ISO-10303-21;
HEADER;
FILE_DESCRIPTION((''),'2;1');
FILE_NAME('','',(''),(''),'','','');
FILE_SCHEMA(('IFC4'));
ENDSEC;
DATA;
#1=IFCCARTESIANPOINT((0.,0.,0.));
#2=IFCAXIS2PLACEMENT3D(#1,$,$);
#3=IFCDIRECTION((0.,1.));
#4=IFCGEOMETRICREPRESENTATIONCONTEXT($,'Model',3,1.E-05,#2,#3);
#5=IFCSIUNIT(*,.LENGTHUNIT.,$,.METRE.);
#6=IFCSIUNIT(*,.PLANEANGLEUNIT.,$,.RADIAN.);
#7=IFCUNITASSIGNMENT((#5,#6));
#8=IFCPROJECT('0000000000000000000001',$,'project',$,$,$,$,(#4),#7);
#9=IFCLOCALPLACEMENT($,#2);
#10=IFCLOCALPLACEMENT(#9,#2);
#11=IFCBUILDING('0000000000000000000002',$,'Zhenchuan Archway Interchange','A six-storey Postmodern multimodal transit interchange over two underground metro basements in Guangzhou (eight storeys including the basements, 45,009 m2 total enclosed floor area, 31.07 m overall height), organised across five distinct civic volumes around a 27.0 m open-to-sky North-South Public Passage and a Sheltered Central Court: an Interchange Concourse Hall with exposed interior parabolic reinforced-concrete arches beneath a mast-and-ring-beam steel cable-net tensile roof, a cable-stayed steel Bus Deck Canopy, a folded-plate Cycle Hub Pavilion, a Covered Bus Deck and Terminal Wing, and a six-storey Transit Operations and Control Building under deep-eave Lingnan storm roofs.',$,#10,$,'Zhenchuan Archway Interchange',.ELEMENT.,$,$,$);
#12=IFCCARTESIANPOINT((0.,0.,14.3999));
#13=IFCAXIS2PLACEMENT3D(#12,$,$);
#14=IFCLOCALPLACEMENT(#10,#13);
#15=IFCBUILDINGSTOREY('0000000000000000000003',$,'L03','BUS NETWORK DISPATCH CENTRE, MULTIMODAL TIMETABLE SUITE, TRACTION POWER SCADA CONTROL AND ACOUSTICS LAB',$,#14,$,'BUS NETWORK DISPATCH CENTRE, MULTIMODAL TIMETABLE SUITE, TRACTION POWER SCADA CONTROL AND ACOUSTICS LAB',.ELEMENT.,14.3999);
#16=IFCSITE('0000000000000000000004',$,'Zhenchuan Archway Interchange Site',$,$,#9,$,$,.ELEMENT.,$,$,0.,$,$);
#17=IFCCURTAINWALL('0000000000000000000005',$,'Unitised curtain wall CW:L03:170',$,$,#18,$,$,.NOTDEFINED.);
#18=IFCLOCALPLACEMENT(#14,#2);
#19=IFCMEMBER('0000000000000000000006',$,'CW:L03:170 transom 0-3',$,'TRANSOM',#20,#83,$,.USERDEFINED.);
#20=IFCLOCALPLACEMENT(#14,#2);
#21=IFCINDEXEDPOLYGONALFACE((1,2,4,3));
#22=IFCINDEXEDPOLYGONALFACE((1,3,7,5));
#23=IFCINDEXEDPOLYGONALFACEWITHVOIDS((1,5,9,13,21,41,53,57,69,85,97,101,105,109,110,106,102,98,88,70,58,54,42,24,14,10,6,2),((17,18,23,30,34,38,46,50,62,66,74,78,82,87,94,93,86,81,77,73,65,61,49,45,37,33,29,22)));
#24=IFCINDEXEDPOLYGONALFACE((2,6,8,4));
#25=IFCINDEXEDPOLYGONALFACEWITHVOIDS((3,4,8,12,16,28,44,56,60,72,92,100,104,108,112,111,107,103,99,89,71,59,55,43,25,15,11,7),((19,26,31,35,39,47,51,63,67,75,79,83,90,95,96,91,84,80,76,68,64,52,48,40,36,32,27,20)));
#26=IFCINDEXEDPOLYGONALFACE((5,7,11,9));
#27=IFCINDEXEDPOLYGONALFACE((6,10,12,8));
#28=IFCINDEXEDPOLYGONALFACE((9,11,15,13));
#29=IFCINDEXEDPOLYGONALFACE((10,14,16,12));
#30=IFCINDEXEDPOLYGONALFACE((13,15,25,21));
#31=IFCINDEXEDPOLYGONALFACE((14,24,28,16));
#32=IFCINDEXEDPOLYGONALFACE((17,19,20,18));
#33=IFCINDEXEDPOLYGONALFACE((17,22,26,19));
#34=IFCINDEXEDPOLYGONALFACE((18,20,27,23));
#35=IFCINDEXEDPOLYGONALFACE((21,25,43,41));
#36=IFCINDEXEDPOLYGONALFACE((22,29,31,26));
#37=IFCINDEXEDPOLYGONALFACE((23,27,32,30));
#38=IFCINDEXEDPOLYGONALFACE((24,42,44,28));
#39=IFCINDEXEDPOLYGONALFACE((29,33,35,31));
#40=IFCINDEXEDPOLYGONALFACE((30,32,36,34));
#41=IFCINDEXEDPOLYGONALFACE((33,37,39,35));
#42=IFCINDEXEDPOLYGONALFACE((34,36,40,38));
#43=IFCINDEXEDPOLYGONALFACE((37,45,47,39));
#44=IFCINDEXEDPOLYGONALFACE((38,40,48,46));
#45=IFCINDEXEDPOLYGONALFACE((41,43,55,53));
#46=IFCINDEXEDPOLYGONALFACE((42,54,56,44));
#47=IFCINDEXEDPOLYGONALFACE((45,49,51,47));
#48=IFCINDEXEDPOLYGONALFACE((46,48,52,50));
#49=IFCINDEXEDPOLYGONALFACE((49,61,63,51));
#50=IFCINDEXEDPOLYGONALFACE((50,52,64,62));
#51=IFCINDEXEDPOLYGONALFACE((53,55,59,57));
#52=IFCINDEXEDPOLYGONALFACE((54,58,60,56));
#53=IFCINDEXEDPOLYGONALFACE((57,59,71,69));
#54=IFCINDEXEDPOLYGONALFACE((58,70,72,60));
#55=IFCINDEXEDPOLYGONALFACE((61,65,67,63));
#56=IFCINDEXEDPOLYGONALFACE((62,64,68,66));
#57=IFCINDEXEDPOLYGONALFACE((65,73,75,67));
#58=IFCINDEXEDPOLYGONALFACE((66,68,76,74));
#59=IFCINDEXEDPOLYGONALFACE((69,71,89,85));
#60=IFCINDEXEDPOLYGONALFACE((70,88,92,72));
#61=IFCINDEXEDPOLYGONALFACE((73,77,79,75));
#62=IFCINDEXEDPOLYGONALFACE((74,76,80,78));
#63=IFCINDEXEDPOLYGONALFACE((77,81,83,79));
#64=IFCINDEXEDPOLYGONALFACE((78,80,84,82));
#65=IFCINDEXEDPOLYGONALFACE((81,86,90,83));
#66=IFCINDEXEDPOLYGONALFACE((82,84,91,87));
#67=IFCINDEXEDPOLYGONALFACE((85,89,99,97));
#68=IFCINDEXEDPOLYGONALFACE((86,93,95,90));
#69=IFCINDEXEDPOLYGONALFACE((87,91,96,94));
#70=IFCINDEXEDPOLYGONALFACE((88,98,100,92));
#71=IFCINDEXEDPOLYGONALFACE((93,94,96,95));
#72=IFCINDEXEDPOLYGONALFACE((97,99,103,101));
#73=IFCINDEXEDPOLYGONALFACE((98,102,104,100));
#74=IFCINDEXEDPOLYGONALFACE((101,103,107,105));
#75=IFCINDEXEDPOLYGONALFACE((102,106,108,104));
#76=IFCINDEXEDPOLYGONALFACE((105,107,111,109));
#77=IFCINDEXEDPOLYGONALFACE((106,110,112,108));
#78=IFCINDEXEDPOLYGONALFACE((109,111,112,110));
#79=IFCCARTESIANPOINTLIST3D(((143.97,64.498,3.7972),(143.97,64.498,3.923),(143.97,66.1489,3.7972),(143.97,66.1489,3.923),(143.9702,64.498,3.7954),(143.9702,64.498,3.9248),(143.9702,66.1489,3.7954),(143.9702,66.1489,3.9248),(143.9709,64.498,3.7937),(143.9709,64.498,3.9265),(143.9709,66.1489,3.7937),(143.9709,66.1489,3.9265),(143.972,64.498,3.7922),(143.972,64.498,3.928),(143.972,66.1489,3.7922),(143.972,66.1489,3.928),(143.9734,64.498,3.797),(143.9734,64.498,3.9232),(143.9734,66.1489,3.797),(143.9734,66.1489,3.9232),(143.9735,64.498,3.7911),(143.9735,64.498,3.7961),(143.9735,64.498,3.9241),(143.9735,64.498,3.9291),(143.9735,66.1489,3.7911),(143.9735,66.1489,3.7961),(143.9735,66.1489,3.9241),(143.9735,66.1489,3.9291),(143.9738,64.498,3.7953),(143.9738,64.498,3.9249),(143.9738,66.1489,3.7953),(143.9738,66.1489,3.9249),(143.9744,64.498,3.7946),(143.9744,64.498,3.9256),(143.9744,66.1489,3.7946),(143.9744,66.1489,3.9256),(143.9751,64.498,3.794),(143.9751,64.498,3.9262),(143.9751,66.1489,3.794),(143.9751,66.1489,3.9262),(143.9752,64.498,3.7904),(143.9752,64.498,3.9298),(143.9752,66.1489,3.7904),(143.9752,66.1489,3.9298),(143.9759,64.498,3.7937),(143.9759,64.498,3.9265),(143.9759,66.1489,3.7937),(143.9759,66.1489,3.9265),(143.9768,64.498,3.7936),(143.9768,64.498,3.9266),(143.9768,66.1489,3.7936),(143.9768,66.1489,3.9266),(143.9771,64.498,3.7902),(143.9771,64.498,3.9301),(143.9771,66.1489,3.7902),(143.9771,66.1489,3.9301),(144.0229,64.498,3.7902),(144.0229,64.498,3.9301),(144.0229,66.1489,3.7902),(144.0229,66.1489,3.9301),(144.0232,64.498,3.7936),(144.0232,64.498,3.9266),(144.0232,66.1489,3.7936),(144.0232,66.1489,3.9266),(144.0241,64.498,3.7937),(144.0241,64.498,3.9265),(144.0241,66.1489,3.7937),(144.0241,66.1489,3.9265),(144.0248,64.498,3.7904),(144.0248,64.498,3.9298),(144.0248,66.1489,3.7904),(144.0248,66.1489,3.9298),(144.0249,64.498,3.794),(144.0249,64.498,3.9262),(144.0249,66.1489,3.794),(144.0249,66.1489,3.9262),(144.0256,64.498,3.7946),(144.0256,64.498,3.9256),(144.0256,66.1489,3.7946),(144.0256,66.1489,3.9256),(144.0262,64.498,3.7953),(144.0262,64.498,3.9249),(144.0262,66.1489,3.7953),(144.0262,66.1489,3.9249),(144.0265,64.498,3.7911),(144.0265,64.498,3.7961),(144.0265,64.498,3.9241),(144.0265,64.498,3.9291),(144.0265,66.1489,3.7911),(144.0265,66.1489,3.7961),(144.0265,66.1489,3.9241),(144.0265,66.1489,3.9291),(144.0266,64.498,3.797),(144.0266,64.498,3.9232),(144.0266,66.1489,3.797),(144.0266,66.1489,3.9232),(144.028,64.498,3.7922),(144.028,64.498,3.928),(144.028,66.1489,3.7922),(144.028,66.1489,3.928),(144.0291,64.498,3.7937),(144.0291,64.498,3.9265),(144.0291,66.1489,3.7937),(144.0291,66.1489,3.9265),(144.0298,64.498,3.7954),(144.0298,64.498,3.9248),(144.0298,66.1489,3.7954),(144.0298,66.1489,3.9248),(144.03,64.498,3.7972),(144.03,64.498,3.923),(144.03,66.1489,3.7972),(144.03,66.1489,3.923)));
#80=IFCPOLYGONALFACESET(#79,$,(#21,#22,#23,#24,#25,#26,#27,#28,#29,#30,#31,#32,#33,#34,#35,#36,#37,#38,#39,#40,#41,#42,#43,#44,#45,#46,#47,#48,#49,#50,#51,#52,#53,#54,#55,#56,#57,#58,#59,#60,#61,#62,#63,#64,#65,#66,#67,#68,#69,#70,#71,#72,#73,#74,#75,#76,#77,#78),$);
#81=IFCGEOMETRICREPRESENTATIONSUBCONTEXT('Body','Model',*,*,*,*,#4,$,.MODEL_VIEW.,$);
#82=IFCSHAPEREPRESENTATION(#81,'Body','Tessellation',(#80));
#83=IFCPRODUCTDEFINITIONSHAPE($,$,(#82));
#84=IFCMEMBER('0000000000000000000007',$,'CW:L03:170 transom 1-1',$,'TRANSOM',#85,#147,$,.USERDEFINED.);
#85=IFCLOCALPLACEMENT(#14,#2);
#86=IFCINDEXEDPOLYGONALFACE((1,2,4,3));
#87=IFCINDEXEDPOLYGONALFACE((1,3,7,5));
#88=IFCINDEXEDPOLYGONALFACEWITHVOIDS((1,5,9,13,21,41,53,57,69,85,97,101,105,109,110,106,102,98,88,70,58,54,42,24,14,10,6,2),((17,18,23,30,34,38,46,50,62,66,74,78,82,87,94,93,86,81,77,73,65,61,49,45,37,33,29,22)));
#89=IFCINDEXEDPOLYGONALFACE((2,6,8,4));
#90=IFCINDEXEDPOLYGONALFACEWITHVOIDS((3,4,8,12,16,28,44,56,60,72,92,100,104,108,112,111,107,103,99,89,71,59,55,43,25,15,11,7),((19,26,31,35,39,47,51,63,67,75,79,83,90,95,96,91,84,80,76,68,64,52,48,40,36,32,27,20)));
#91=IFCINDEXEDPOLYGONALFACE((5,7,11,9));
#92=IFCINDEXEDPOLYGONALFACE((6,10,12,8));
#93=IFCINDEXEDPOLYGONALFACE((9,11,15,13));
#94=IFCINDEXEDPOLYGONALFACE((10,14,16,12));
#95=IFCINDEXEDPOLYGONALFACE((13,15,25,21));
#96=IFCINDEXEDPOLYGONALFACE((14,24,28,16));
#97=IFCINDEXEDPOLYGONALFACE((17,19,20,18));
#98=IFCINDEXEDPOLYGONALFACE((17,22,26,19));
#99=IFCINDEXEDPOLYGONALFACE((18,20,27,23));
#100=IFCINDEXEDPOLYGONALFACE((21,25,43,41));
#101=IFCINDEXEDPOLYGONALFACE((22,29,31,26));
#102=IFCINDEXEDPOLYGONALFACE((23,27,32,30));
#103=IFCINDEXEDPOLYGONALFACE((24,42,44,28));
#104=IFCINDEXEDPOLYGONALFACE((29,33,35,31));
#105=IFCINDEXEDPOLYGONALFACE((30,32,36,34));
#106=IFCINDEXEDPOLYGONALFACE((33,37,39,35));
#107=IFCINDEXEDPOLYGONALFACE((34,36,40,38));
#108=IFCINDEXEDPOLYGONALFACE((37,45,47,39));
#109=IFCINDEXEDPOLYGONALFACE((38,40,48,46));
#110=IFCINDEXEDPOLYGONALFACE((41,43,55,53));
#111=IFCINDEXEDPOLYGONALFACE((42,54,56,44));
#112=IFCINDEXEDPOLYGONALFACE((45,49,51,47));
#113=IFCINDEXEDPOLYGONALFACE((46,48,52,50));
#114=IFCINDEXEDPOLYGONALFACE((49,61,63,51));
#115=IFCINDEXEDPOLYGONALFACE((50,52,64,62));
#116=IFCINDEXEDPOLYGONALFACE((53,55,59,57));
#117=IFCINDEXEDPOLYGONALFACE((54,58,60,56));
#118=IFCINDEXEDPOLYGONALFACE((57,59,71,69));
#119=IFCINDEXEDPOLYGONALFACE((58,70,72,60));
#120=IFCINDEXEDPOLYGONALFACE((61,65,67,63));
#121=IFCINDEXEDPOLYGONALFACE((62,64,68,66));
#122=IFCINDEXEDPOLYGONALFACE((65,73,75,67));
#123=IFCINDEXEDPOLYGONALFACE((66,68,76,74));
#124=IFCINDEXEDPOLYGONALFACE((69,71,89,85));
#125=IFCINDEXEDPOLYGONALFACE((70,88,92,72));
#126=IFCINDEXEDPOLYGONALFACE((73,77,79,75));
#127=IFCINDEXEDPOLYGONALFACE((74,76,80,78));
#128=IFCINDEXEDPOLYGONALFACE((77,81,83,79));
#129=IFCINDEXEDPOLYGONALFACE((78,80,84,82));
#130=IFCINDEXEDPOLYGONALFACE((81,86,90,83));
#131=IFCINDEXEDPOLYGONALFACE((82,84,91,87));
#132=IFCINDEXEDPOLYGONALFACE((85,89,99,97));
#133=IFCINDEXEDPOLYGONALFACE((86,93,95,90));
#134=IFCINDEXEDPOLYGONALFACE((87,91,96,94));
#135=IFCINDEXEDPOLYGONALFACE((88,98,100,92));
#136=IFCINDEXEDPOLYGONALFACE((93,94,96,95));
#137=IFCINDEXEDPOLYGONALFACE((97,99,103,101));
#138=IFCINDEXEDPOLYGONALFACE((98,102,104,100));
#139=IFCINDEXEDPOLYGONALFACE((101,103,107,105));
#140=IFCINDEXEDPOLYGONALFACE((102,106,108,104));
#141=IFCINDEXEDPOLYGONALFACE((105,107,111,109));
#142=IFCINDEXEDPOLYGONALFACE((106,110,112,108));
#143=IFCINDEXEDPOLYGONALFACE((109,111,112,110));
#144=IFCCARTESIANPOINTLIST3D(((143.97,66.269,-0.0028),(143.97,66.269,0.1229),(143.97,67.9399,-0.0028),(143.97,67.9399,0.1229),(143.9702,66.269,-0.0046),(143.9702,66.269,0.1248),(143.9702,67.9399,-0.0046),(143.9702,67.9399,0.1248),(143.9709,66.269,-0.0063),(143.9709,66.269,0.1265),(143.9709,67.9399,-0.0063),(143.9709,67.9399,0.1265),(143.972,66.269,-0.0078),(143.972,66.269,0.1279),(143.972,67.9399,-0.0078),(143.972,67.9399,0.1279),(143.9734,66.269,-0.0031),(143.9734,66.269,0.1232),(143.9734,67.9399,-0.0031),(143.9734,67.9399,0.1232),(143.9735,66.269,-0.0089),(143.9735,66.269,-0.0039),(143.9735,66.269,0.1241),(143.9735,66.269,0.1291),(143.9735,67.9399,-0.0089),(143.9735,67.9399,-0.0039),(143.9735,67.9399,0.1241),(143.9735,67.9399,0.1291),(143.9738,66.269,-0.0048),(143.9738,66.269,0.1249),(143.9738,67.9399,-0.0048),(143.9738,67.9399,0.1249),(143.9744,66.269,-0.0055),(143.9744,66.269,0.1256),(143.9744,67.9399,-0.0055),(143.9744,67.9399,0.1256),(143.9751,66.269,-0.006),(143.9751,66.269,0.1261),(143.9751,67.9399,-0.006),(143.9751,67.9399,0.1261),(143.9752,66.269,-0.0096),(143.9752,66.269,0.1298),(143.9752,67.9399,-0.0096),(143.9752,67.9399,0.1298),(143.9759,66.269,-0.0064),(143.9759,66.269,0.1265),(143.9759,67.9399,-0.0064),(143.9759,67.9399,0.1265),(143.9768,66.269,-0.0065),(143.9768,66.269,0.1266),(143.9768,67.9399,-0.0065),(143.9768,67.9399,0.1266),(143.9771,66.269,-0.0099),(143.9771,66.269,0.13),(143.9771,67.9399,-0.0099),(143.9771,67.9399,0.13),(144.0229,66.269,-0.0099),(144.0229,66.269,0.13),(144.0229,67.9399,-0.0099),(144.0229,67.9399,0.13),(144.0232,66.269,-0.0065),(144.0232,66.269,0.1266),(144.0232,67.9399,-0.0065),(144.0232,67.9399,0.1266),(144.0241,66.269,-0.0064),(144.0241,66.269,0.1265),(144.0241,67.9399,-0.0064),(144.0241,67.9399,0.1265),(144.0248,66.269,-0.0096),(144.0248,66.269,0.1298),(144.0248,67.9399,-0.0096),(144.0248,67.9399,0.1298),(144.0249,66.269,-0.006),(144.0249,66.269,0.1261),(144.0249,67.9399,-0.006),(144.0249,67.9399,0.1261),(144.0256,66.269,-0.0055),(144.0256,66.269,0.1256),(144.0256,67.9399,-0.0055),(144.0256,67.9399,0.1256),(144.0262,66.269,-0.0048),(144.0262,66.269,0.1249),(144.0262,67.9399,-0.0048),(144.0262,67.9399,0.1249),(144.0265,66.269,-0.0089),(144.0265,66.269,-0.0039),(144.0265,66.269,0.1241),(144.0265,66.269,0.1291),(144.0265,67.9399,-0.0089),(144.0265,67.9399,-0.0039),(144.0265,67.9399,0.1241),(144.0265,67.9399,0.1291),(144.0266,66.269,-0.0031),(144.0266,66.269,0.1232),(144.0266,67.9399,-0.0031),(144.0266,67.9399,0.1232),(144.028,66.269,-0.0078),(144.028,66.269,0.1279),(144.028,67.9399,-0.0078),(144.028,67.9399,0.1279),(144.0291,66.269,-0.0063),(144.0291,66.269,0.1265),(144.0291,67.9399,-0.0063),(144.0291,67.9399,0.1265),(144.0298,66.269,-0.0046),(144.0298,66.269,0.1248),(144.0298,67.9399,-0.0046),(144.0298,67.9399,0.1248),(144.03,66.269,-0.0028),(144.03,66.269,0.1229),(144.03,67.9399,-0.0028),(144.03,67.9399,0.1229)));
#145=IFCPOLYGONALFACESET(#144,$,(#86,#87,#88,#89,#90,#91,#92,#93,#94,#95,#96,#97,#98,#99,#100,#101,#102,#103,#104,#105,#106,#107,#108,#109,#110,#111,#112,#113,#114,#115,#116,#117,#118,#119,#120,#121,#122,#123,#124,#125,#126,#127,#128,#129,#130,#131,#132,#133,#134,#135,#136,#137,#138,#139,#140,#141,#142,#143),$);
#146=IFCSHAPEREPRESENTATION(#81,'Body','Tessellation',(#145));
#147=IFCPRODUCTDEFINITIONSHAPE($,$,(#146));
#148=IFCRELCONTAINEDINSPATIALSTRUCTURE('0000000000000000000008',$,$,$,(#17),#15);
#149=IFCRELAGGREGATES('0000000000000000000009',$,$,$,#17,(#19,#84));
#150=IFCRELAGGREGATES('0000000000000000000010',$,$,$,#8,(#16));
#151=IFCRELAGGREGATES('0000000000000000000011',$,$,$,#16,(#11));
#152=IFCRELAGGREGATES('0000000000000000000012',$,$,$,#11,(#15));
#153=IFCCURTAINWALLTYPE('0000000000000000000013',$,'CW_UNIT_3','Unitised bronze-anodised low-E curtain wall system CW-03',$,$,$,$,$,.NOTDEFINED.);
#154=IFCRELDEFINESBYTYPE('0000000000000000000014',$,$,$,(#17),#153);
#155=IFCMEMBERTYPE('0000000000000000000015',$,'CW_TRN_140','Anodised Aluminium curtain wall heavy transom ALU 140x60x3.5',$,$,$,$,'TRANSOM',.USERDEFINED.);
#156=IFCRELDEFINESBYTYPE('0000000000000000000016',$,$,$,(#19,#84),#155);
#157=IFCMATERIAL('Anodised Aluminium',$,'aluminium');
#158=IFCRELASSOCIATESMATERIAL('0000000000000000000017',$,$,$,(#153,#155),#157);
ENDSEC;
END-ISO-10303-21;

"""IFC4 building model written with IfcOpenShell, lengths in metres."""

from ifc_helpers import new_model, si_unit, direction, frame, origin, origin_2d, place, context, subcontext, project, spatial, hollow_rectangle, extrude, material, material_profile, profile_set, type_object, element, aggregate, save


model = new_model("IFC4")

# Units and contexts
model_context = context("Model", 3, precision=1e-05, world=origin(), true_north=direction((0.0, 1.0)))
body_context = subcontext(model_context, "Body", "Model", "MODEL_VIEW")
ifc_project = project(units=[si_unit("LENGTHUNIT", "METRE"), si_unit("PLANEANGLEUNIT", "RADIAN")], contexts=[model_context])

# Site, building, storey
site_placement = place(None, origin())
site = spatial("IfcSite", under=ifc_project, at=site_placement, Name="Zhenchuan Archway Interchange Site", CompositionType="ELEMENT", RefElevation=0.0)
building_placement = place(site_placement, origin())
building = spatial("IfcBuilding", under=site, at=building_placement, Name="Zhenchuan Archway Interchange", Description="A six-storey Postmodern multimodal transit interchange over two underground metro basements in Guangzhou (eight storeys including the basements, 45,009 m2 total enclosed floor area, 31.07 m overall height), organised across five distinct civic volumes around a 27.0 m open-to-sky North-South Public Passage and a Sheltered Central Court: an Interchange Concourse Hall with exposed interior parabolic reinforced-concrete arches beneath a mast-and-ring-beam steel cable-net tensile roof, a cable-stayed steel Bus Deck Canopy, a folded-plate Cycle Hub Pavilion, a Covered Bus Deck and Terminal Wing, and a six-storey Transit Operations and Control Building under deep-eave Lingnan storm roofs.", LongName="Zhenchuan Archway Interchange", CompositionType="ELEMENT")
storey_placement = place(building_placement, frame((0.0, 0.0, 14.3999)))
storey = spatial("IfcBuildingStorey", under=building, at=storey_placement, Name="L03", Description="BUS NETWORK DISPATCH CENTRE, MULTIMODAL TIMETABLE SUITE, TRACTION POWER SCADA CONTROL AND ACOUSTICS LAB", LongName="BUS NETWORK DISPATCH CENTRE, MULTIMODAL TIMETABLE SUITE, TRACTION POWER SCADA CONTROL AND ACOUSTICS LAB", CompositionType="ELEMENT", Elevation=14.3999)

# Curtain wall, members
ifc_material_1 = material(Name="Anodised Aluminium", Category="aluminium")
curtain_wall_type = type_object("IfcCurtainWallType", Name="CW_UNIT_3", Description="Unitised bronze-anodised low-E curtain wall system CW-03", PredefinedType="NOTDEFINED", material=ifc_material_1)
curtain_wall_placement = place(storey_placement, origin())
curtain_wall = element("IfcCurtainWall", 1, at=curtain_wall_placement, inside=storey, type_object=curtain_wall_type, Name="Unitised curtain wall CW:L03:170", PredefinedType="NOTDEFINED")
ifc_material_profile_1 = material_profile(ifc_material_1, hollow_rectangle(XDim=0.0601, YDim=0.1399, WallThickness=0.0034, InnerFilletRadius=0.0034, OuterFilletRadius=0.0071, at=origin_2d()), Name="ALU 140x60x3.5")
ifc_profile_set_1 = profile_set([ifc_material_profile_1], Name="Anodised Aluminium")
member_type_1 = type_object("IfcMemberType", Name="CW_TRN_140", Description="Anodised Aluminium curtain wall heavy transom ALU 140x60x3.5", ElementType="TRANSOM", PredefinedType="USERDEFINED", material=ifc_profile_set_1)
member_1_placement = place(storey_placement, frame((144.0, 64.498, 3.8601), z_axis=(0.0, 1.0, 0.0), x_axis=(-1.0, 0.0, 0.0)))
member_1 = element("IfcMember", 2, at=member_1_placement, type_object=member_type_1, Name="CW:L03:170 transom 0-3", ObjectType="TRANSOM", PredefinedType="USERDEFINED", context=body_context, shape_type="SweptSolid", body=[
    extrude(hollow_rectangle(XDim=0.0601, YDim=0.1399, WallThickness=0.0034, InnerFilletRadius=0.0034, OuterFilletRadius=0.0071, at=origin_2d()), origin(), (0.0, 0.0, 1.0), 1.6509),
])
member_2_placement = place(storey_placement, frame((144.0, 66.269, 0.0601), z_axis=(0.0, 1.0, 0.0), x_axis=(-1.0, 0.0, 0.0)))
member_2 = element("IfcMember", 3, at=member_2_placement, type_object=member_type_1, Name="CW:L03:170 transom 1-1", ObjectType="TRANSOM", PredefinedType="USERDEFINED", context=body_context, shape_type="SweptSolid", body=[
    extrude(hollow_rectangle(XDim=0.0601, YDim=0.1399, WallThickness=0.0034, InnerFilletRadius=0.0034, OuterFilletRadius=0.0071, at=origin_2d()), origin(), (0.0, 0.0, 1.0), 1.6709),
])

aggregate(curtain_wall, [member_1, member_2])

save(model, "model.ifc")
